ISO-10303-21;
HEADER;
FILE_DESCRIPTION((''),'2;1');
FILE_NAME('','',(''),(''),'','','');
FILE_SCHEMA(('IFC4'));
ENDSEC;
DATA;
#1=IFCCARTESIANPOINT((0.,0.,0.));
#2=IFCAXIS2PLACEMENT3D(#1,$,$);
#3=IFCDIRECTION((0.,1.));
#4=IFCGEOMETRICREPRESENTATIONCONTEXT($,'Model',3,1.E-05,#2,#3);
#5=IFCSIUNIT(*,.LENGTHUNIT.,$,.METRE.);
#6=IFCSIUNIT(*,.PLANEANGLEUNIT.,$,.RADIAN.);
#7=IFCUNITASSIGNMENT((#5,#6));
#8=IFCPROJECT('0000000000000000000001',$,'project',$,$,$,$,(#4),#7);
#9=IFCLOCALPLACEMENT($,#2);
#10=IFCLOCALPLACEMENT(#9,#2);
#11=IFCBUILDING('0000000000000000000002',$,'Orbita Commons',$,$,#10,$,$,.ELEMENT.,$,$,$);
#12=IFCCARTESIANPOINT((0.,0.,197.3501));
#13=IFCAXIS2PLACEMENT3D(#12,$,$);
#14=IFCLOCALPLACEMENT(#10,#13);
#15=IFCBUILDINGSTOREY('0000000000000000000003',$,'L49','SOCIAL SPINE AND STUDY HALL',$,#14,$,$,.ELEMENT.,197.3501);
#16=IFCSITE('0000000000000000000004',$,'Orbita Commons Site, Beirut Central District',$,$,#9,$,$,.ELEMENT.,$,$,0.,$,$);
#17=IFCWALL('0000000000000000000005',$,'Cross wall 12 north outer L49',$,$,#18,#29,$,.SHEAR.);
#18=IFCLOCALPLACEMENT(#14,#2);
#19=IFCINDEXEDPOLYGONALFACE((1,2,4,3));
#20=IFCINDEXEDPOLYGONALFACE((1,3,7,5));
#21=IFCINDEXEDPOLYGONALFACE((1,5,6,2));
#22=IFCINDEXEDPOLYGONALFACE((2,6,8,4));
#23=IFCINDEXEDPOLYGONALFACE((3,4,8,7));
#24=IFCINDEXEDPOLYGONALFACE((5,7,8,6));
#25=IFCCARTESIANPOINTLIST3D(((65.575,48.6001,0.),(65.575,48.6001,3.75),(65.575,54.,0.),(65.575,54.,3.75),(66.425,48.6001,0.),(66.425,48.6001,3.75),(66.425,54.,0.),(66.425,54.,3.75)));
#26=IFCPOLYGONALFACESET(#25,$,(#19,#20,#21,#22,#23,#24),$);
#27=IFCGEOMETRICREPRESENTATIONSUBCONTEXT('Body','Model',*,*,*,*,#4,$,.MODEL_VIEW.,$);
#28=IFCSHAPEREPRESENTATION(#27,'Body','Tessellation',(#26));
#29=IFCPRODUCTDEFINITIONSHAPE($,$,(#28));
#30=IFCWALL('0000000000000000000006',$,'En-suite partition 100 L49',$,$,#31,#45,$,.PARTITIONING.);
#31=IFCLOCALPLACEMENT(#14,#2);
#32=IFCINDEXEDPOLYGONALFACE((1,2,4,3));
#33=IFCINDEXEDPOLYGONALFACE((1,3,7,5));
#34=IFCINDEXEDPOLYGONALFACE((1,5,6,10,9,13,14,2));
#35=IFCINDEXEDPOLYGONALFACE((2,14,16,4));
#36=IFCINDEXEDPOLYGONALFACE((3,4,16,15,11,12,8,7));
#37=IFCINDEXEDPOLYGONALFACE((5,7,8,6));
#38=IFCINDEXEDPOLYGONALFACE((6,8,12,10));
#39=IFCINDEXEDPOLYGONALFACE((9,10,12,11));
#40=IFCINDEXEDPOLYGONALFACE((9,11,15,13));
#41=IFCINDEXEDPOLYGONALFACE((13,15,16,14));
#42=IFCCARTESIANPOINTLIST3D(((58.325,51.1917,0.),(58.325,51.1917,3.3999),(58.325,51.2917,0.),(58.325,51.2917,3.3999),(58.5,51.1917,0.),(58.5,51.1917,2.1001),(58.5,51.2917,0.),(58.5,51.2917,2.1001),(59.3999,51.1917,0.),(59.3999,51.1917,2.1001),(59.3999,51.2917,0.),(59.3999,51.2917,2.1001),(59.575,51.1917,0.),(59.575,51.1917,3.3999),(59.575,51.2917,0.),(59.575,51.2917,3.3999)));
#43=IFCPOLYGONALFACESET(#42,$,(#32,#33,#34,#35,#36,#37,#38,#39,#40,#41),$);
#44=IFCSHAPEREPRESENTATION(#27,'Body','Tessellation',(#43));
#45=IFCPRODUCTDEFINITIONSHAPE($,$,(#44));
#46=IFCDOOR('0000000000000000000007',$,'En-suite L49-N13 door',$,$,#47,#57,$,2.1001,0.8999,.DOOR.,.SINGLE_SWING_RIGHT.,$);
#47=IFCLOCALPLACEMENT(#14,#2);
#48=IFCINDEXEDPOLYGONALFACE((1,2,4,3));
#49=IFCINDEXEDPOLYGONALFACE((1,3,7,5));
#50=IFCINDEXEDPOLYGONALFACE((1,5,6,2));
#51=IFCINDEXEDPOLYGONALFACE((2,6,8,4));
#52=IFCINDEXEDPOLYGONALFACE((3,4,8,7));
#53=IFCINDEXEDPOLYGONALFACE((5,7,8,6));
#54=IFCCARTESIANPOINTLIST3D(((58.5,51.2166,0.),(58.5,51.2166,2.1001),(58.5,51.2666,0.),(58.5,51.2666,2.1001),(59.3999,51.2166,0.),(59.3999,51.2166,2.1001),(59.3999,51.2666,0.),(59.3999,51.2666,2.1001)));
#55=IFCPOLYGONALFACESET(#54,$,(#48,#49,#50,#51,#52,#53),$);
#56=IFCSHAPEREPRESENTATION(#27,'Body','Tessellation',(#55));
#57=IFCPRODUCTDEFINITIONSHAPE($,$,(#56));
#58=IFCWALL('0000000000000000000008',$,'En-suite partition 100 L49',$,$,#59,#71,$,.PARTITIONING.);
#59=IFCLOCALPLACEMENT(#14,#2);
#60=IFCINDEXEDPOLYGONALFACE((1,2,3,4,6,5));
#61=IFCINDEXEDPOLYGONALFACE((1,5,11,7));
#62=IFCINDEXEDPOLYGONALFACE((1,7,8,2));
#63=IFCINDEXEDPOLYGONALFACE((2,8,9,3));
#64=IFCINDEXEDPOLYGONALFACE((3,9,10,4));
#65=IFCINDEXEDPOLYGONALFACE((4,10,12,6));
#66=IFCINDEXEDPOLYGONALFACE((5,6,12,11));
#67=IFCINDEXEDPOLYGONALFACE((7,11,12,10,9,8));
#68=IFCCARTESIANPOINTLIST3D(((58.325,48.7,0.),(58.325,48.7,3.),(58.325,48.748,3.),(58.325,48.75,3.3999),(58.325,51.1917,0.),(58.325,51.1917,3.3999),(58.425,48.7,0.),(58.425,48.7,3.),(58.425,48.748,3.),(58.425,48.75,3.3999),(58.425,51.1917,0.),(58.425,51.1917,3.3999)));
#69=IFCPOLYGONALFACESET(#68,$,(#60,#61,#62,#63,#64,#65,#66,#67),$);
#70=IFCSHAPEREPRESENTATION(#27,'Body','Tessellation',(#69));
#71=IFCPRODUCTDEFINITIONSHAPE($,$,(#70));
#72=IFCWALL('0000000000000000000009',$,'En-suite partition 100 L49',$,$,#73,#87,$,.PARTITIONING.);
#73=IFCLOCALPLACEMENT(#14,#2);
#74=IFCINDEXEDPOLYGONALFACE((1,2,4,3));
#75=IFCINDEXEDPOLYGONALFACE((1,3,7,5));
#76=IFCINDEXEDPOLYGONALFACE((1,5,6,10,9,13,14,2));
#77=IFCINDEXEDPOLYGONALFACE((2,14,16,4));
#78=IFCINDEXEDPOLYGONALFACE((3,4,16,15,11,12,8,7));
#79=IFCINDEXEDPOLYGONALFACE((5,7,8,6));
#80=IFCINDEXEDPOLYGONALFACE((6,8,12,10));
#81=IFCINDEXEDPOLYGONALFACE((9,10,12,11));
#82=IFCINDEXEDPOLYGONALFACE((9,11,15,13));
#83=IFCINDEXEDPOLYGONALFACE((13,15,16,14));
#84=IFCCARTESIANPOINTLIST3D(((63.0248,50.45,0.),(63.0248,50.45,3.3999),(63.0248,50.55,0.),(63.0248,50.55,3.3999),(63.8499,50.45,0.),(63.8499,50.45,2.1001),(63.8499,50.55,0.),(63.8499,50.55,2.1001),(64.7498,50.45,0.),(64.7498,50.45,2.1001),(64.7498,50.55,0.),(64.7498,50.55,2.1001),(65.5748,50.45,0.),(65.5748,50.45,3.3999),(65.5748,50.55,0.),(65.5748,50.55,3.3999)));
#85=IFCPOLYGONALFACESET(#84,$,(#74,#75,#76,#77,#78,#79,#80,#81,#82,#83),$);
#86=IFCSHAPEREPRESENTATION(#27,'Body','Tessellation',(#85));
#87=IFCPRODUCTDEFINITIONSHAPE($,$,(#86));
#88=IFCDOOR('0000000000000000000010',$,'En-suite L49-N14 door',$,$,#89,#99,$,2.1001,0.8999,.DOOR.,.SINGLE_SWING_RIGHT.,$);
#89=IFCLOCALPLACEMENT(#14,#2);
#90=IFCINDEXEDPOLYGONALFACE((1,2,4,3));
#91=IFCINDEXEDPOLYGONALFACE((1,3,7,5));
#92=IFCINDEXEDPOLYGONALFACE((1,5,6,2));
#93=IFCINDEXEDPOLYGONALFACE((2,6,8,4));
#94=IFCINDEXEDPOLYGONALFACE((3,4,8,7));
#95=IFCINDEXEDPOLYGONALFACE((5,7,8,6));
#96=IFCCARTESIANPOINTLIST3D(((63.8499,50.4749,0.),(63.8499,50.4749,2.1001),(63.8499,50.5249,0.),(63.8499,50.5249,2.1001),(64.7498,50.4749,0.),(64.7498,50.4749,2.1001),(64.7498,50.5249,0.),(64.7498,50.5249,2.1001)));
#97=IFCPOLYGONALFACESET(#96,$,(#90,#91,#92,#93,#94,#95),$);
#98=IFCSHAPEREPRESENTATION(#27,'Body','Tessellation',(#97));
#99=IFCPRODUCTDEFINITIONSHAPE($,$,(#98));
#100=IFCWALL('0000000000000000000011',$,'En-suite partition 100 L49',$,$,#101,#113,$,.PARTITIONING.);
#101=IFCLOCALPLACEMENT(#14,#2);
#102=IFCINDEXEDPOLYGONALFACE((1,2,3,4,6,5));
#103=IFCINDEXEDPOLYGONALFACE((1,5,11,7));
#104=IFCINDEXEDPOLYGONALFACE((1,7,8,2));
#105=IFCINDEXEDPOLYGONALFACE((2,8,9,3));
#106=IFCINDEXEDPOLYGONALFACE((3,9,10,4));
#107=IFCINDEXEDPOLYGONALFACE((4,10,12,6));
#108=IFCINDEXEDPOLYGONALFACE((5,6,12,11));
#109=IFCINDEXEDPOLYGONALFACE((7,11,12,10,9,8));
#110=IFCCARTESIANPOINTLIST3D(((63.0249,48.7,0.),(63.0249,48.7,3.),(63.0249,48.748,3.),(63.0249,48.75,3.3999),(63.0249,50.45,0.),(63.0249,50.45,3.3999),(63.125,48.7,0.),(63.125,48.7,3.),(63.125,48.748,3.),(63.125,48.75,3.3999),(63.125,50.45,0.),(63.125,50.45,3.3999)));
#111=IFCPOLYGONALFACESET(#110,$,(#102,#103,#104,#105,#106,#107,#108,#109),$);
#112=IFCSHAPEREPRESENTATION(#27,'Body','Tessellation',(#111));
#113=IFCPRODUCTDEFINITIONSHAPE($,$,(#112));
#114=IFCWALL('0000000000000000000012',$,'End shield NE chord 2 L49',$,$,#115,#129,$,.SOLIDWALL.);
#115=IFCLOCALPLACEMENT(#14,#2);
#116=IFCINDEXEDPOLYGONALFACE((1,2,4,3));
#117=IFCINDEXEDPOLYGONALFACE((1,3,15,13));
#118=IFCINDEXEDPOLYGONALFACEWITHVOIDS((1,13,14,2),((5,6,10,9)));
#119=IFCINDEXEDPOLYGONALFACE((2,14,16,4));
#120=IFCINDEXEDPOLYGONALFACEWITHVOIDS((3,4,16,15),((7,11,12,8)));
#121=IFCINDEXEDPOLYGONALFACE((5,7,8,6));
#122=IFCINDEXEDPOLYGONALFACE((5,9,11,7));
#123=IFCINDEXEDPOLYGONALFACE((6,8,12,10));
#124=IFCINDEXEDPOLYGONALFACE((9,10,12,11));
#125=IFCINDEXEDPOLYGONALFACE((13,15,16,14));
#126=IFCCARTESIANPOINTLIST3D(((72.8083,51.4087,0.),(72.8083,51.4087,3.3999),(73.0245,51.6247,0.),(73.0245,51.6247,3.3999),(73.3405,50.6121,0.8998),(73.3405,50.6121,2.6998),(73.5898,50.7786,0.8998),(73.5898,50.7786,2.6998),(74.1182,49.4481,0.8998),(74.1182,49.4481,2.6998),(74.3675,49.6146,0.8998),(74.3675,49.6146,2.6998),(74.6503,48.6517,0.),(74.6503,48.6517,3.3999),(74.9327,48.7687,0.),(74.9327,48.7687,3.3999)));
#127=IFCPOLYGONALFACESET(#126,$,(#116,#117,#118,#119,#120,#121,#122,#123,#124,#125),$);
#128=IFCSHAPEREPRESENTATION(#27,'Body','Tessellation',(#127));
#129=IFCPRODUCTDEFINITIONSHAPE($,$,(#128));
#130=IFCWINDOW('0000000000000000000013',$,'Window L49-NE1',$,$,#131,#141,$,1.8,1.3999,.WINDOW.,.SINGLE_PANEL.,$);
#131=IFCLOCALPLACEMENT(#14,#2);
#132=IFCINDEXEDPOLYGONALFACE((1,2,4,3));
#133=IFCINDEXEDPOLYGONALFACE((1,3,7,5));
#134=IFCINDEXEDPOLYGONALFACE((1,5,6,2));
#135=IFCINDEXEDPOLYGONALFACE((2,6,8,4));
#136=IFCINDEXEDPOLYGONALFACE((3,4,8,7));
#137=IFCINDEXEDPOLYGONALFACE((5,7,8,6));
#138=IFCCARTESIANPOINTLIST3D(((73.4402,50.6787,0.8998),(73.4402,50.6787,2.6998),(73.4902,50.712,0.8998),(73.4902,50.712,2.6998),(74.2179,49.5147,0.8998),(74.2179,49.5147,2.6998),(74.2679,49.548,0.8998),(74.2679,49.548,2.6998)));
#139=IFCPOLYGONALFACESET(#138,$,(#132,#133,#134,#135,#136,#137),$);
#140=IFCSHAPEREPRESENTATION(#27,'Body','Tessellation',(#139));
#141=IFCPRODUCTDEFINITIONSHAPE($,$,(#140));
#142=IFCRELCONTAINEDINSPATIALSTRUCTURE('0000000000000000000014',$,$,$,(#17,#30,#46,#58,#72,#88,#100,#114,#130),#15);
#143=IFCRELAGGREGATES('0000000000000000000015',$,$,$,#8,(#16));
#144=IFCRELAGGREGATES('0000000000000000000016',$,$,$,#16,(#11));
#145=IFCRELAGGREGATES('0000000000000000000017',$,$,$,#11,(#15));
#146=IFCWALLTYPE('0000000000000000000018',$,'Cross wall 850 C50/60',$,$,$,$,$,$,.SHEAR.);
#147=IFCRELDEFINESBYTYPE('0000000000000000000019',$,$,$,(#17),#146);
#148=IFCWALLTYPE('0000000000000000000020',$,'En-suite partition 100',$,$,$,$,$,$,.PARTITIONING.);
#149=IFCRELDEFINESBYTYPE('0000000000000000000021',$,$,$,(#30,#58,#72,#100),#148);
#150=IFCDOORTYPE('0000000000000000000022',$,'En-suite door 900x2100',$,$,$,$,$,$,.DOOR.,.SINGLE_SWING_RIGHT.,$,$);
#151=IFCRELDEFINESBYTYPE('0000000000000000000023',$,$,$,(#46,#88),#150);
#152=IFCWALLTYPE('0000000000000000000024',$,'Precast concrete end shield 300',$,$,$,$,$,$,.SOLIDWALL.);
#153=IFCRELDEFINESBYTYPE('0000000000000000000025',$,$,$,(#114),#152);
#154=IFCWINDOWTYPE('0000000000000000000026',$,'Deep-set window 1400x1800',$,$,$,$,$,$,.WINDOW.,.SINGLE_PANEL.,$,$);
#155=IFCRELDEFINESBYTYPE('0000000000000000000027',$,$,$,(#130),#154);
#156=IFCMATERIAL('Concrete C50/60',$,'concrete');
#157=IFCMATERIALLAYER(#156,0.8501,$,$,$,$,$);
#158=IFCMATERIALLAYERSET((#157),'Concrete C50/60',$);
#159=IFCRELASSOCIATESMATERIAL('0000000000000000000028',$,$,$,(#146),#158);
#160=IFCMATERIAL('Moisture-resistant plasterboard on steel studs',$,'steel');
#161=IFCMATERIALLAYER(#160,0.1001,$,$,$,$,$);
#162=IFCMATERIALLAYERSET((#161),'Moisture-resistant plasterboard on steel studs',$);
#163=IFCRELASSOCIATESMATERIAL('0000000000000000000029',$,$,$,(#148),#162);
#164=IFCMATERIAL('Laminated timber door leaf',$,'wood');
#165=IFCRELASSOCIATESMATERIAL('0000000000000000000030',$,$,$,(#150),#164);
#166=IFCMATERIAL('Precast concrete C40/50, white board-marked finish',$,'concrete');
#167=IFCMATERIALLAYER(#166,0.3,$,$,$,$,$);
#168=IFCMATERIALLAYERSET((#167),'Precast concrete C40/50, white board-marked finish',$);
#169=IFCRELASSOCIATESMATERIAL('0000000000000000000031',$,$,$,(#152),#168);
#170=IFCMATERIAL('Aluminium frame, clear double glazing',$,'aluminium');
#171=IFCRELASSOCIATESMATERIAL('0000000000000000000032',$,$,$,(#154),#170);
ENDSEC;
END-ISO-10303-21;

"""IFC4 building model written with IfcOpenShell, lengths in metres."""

from ifc_helpers import new_model, si_unit, direction, frame, frame_2d, origin, place, context, subcontext, project, spatial, polyline, rectangle, outline, extrude, material, layer, layer_set, type_object, element, fill, save


model = new_model("IFC4")

# Units and contexts
model_context = context("Model", 3, precision=1e-05, world=origin(), true_north=direction((0.0, 1.0)))
body_context = subcontext(model_context, "Body", "Model", "MODEL_VIEW")
ifc_project = project(units=[si_unit("LENGTHUNIT", "METRE"), si_unit("PLANEANGLEUNIT", "RADIAN")], contexts=[model_context])

# Site, building, storey
site_placement = place(None, origin())
site = spatial("IfcSite", under=ifc_project, at=site_placement, Name="Orbita Commons Site, Beirut Central District", CompositionType="ELEMENT", RefElevation=0.0)
building_placement = place(site_placement, origin())
building = spatial("IfcBuilding", under=site, at=building_placement, Name="Orbita Commons", CompositionType="ELEMENT")
storey_placement = place(building_placement, frame((0.0, 0.0, 197.3501)))
storey = spatial("IfcBuildingStorey", under=building, at=storey_placement, Name="L49", Description="SOCIAL SPINE AND STUDY HALL", CompositionType="ELEMENT", Elevation=197.3501)

# Wall
ifc_material_1 = material(Name="Concrete C50/60", Category="concrete")
ifc_layer_1 = layer(ifc_material_1, 0.8501)
ifc_layer_set_1 = layer_set([ifc_layer_1], Name="Concrete C50/60")
wall_type_1 = type_object("IfcWallType", Name="Cross wall 850 C50/60", PredefinedType="SHEAR", material=ifc_layer_set_1)
for number, where, z_axis, x_axis, name in (
    (1, (66.0, 48.6001, 0.0), (0.0, 0.0, 1.0), (0.0, 1.0, 0.0), "Cross wall 12 north outer L49"),
):
    element("IfcWall", number, at=place(storey_placement, frame(where, z_axis=z_axis, x_axis=x_axis)), inside=storey, type_object=wall_type_1, Name=name, PredefinedType="SHEAR", context=body_context, shape_type="SweptSolid", body=[
        extrude(rectangle(XDim=5.3999, YDim=0.8501, at=frame_2d((2.7, 0.0))), origin(), (0.0, 0.0, 1.0), 3.75),
    ])

# Wall, opening, door
ifc_material_2 = material(Name="Moisture-resistant plasterboard on steel studs", Category="steel")
ifc_layer_2 = layer(ifc_material_2, 0.1001)
ifc_layer_set_2 = layer_set([ifc_layer_2], Name="Moisture-resistant plasterboard on steel studs")
wall_type_2 = type_object("IfcWallType", Name="En-suite partition 100", PredefinedType="PARTITIONING", material=ifc_layer_set_2)
wall_1_placement = place(storey_placement, frame((58.325, 51.2417, 0.0), z_axis=(0.0, 0.0, 1.0), x_axis=(1.0, 0.0, 0.0)))
wall_1 = element("IfcWall", 2, at=wall_1_placement, inside=storey, type_object=wall_type_2, Name="En-suite partition 100 L49", PredefinedType="PARTITIONING", context=body_context, shape_type="SweptSolid", body=[
    extrude(rectangle(XDim=1.25, YDim=0.1001, at=frame_2d((0.625, 0.0))), origin(), (0.0, 0.0, 1.0), 3.3999),
])
opening_1_placement = place(wall_1_placement, frame((0.175, 0.0, 0.0)))
opening_1 = element("IfcOpeningElement", 3, at=opening_1_placement, cuts=wall_1, PredefinedType="OPENING", context=body_context, shape_type="SweptSolid", body=[
    extrude(rectangle(XDim=0.8999, YDim=2.1001, at=frame_2d((0.45, 1.05))), frame((0.0, 0.0601, 0.0), z_axis=(0.0, -1.0, 0.0), x_axis=(1.0, 0.0, 0.0)), (0.0, 0.0, 1.0), 0.1201),
])
ifc_material_3 = material(Name="Laminated timber door leaf", Category="wood")
door_type_1 = type_object("IfcDoorType", Name="En-suite door 900x2100", OperationType="SINGLE_SWING_RIGHT", PredefinedType="DOOR", material=ifc_material_3)
door_1_placement = place(opening_1_placement, origin())
door_1 = element("IfcDoor", 4, at=door_1_placement, inside=storey, type_object=door_type_1, Name="En-suite L49-N13 door", OperationType="SINGLE_SWING_RIGHT", OverallHeight=2.1001, OverallWidth=0.8999, PredefinedType="DOOR", context=body_context, shape_type="SweptSolid", body=[
    extrude(rectangle(XDim=0.8999, YDim=2.1001, at=frame_2d((0.45, 1.05))), frame((0.0, 0.0249, 0.0), z_axis=(0.0, -1.0, 0.0), x_axis=(1.0, 0.0, 0.0)), (0.0, 0.0, 1.0), 0.05),
])
fill(opening_1, door_1)

# Wall
wall_2_placement = place(storey_placement, frame((58.375, 51.1917, 0.0), z_axis=(0.0, 0.0, 1.0), x_axis=(0.0, -1.0, 0.0)))
element("IfcWall", 5, at=wall_2_placement, inside=storey, type_object=wall_type_2, Name="En-suite partition 100 L49", PredefinedType="PARTITIONING", context=body_context, shape_type="SweptSolid", body=[
    extrude(outline(polyline([(0.0, 0.0), (2.4917, 0.0), (2.4917, 3.0), (2.4436, 3.0), (2.4417, 3.3999), (0.0, 3.3999), (0.0, 0.0)])), frame((0.0, 0.05, 0.0), z_axis=(0.0, -1.0, 0.0), x_axis=(1.0, 0.0, 0.0)), (0.0, 0.0, 1.0), 0.1001),
])

# Wall, opening, door
wall_3_placement = place(storey_placement, frame((63.0249, 50.5, 0.0), z_axis=(0.0, 0.0, 1.0), x_axis=(1.0, 0.0, 0.0)))
wall_3 = element("IfcWall", 6, at=wall_3_placement, inside=storey, type_object=wall_type_2, Name="En-suite partition 100 L49", PredefinedType="PARTITIONING", context=body_context, shape_type="SweptSolid", body=[
    extrude(rectangle(XDim=2.55, YDim=0.1001, at=frame_2d((1.2749, 0.0))), origin(), (0.0, 0.0, 1.0), 3.3999),
])
opening_2_placement = place(wall_3_placement, frame((0.825, 0.0, 0.0)))
opening_2 = element("IfcOpeningElement", 7, at=opening_2_placement, cuts=wall_3, PredefinedType="OPENING", context=body_context, shape_type="SweptSolid", body=[
    extrude(rectangle(XDim=0.8999, YDim=2.1001, at=frame_2d((0.45, 1.05))), frame((0.0, 0.0601, 0.0), z_axis=(0.0, -1.0, 0.0), x_axis=(1.0, 0.0, 0.0)), (0.0, 0.0, 1.0), 0.1201),
])
door_2_placement = place(opening_2_placement, origin())
door_2 = element("IfcDoor", 8, at=door_2_placement, inside=storey, type_object=door_type_1, Name="En-suite L49-N14 door", OperationType="SINGLE_SWING_RIGHT", OverallHeight=2.1001, OverallWidth=0.8999, PredefinedType="DOOR", context=body_context, shape_type="SweptSolid", body=[
    extrude(rectangle(XDim=0.8999, YDim=2.1001, at=frame_2d((0.45, 1.05))), frame((0.0, 0.0249, 0.0), z_axis=(0.0, -1.0, 0.0), x_axis=(1.0, 0.0, 0.0)), (0.0, 0.0, 1.0), 0.05),
])
fill(opening_2, door_2)

# Wall
wall_4_placement = place(storey_placement, frame((63.075, 50.45, 0.0), z_axis=(0.0, 0.0, 1.0), x_axis=(0.0, -1.0, 0.0)))
element("IfcWall", 9, at=wall_4_placement, inside=storey, type_object=wall_type_2, Name="En-suite partition 100 L49", PredefinedType="PARTITIONING", context=body_context, shape_type="SweptSolid", body=[
    extrude(outline(polyline([(0.0, 0.0), (1.75, 0.0), (1.75, 3.0), (1.7019, 3.0), (1.7, 3.3999), (0.0, 3.3999), (0.0, 0.0)])), frame((0.0, 0.05, 0.0), z_axis=(0.0, -1.0, 0.0), x_axis=(1.0, 0.0, 0.0)), (0.0, 0.0, 1.0), 0.1001),
])

# Wall, opening, window
ifc_material_4 = material(Name="Precast concrete C40/50, white board-marked finish", Category="concrete")
ifc_layer_3 = layer(ifc_material_4, 0.3)
ifc_layer_set_3 = layer_set([ifc_layer_3], Name="Precast concrete C40/50, white board-marked finish")
wall_type_3 = type_object("IfcWallType", Name="Precast concrete end shield 300", PredefinedType="SOLIDWALL", material=ifc_layer_set_3)
wall_5_placement = place(storey_placement, frame((74.7915, 48.7102, 0.0), z_axis=(0.0, 0.0, 1.0), x_axis=(-0.555535, 0.831493, 0.0)))
wall_5 = element("IfcWall", 10, at=wall_5_placement, inside=storey, type_object=wall_type_3, Name="End shield NE chord 2 L49", PredefinedType="SOLIDWALL", context=body_context, shape_type="SweptSolid", body=[
    extrude(outline(polyline([(-0.0298, -0.1499), (3.405, -0.1499), (3.3455, 0.1499), (0.0298, 0.1499), (-0.0298, -0.1499)])), origin(), (0.0, 0.0, 1.0), 3.3999),
])
opening_3_placement = place(wall_5_placement, frame((0.9875, 0.0, 0.8999)))
opening_3 = element("IfcOpeningElement", 11, at=opening_3_placement, cuts=wall_5, PredefinedType="OPENING", context=body_context, shape_type="SweptSolid", body=[
    extrude(rectangle(XDim=1.3999, YDim=1.8, at=frame_2d((0.7, 0.8999))), frame((0.0, 0.1599, 0.0), z_axis=(0.0, -1.0, 0.0), x_axis=(1.0, 0.0, 0.0)), (0.0, 0.0, 1.0), 0.3201),
])
ifc_material_5 = material(Name="Aluminium frame, clear double glazing", Category="aluminium")
window_type = type_object("IfcWindowType", Name="Deep-set window 1400x1800", PartitioningType="SINGLE_PANEL", PredefinedType="WINDOW", material=ifc_material_5)
window_placement = place(opening_3_placement, origin())
window = element("IfcWindow", 12, at=window_placement, inside=storey, type_object=window_type, Name="Window L49-NE1", OverallHeight=1.8, OverallWidth=1.3999, PartitioningType="SINGLE_PANEL", PredefinedType="WINDOW", context=body_context, shape_type="SweptSolid", body=[
    extrude(rectangle(XDim=1.3999, YDim=1.8, at=frame_2d((0.7, 0.8999))), frame((0.0, 0.03, 0.0), z_axis=(0.0, -1.0, 0.0), x_axis=(1.0, 0.0, 0.0)), (0.0, 0.0, 1.0), 0.0601),
])
fill(opening_3, window)

save(model, "model.ifc")
